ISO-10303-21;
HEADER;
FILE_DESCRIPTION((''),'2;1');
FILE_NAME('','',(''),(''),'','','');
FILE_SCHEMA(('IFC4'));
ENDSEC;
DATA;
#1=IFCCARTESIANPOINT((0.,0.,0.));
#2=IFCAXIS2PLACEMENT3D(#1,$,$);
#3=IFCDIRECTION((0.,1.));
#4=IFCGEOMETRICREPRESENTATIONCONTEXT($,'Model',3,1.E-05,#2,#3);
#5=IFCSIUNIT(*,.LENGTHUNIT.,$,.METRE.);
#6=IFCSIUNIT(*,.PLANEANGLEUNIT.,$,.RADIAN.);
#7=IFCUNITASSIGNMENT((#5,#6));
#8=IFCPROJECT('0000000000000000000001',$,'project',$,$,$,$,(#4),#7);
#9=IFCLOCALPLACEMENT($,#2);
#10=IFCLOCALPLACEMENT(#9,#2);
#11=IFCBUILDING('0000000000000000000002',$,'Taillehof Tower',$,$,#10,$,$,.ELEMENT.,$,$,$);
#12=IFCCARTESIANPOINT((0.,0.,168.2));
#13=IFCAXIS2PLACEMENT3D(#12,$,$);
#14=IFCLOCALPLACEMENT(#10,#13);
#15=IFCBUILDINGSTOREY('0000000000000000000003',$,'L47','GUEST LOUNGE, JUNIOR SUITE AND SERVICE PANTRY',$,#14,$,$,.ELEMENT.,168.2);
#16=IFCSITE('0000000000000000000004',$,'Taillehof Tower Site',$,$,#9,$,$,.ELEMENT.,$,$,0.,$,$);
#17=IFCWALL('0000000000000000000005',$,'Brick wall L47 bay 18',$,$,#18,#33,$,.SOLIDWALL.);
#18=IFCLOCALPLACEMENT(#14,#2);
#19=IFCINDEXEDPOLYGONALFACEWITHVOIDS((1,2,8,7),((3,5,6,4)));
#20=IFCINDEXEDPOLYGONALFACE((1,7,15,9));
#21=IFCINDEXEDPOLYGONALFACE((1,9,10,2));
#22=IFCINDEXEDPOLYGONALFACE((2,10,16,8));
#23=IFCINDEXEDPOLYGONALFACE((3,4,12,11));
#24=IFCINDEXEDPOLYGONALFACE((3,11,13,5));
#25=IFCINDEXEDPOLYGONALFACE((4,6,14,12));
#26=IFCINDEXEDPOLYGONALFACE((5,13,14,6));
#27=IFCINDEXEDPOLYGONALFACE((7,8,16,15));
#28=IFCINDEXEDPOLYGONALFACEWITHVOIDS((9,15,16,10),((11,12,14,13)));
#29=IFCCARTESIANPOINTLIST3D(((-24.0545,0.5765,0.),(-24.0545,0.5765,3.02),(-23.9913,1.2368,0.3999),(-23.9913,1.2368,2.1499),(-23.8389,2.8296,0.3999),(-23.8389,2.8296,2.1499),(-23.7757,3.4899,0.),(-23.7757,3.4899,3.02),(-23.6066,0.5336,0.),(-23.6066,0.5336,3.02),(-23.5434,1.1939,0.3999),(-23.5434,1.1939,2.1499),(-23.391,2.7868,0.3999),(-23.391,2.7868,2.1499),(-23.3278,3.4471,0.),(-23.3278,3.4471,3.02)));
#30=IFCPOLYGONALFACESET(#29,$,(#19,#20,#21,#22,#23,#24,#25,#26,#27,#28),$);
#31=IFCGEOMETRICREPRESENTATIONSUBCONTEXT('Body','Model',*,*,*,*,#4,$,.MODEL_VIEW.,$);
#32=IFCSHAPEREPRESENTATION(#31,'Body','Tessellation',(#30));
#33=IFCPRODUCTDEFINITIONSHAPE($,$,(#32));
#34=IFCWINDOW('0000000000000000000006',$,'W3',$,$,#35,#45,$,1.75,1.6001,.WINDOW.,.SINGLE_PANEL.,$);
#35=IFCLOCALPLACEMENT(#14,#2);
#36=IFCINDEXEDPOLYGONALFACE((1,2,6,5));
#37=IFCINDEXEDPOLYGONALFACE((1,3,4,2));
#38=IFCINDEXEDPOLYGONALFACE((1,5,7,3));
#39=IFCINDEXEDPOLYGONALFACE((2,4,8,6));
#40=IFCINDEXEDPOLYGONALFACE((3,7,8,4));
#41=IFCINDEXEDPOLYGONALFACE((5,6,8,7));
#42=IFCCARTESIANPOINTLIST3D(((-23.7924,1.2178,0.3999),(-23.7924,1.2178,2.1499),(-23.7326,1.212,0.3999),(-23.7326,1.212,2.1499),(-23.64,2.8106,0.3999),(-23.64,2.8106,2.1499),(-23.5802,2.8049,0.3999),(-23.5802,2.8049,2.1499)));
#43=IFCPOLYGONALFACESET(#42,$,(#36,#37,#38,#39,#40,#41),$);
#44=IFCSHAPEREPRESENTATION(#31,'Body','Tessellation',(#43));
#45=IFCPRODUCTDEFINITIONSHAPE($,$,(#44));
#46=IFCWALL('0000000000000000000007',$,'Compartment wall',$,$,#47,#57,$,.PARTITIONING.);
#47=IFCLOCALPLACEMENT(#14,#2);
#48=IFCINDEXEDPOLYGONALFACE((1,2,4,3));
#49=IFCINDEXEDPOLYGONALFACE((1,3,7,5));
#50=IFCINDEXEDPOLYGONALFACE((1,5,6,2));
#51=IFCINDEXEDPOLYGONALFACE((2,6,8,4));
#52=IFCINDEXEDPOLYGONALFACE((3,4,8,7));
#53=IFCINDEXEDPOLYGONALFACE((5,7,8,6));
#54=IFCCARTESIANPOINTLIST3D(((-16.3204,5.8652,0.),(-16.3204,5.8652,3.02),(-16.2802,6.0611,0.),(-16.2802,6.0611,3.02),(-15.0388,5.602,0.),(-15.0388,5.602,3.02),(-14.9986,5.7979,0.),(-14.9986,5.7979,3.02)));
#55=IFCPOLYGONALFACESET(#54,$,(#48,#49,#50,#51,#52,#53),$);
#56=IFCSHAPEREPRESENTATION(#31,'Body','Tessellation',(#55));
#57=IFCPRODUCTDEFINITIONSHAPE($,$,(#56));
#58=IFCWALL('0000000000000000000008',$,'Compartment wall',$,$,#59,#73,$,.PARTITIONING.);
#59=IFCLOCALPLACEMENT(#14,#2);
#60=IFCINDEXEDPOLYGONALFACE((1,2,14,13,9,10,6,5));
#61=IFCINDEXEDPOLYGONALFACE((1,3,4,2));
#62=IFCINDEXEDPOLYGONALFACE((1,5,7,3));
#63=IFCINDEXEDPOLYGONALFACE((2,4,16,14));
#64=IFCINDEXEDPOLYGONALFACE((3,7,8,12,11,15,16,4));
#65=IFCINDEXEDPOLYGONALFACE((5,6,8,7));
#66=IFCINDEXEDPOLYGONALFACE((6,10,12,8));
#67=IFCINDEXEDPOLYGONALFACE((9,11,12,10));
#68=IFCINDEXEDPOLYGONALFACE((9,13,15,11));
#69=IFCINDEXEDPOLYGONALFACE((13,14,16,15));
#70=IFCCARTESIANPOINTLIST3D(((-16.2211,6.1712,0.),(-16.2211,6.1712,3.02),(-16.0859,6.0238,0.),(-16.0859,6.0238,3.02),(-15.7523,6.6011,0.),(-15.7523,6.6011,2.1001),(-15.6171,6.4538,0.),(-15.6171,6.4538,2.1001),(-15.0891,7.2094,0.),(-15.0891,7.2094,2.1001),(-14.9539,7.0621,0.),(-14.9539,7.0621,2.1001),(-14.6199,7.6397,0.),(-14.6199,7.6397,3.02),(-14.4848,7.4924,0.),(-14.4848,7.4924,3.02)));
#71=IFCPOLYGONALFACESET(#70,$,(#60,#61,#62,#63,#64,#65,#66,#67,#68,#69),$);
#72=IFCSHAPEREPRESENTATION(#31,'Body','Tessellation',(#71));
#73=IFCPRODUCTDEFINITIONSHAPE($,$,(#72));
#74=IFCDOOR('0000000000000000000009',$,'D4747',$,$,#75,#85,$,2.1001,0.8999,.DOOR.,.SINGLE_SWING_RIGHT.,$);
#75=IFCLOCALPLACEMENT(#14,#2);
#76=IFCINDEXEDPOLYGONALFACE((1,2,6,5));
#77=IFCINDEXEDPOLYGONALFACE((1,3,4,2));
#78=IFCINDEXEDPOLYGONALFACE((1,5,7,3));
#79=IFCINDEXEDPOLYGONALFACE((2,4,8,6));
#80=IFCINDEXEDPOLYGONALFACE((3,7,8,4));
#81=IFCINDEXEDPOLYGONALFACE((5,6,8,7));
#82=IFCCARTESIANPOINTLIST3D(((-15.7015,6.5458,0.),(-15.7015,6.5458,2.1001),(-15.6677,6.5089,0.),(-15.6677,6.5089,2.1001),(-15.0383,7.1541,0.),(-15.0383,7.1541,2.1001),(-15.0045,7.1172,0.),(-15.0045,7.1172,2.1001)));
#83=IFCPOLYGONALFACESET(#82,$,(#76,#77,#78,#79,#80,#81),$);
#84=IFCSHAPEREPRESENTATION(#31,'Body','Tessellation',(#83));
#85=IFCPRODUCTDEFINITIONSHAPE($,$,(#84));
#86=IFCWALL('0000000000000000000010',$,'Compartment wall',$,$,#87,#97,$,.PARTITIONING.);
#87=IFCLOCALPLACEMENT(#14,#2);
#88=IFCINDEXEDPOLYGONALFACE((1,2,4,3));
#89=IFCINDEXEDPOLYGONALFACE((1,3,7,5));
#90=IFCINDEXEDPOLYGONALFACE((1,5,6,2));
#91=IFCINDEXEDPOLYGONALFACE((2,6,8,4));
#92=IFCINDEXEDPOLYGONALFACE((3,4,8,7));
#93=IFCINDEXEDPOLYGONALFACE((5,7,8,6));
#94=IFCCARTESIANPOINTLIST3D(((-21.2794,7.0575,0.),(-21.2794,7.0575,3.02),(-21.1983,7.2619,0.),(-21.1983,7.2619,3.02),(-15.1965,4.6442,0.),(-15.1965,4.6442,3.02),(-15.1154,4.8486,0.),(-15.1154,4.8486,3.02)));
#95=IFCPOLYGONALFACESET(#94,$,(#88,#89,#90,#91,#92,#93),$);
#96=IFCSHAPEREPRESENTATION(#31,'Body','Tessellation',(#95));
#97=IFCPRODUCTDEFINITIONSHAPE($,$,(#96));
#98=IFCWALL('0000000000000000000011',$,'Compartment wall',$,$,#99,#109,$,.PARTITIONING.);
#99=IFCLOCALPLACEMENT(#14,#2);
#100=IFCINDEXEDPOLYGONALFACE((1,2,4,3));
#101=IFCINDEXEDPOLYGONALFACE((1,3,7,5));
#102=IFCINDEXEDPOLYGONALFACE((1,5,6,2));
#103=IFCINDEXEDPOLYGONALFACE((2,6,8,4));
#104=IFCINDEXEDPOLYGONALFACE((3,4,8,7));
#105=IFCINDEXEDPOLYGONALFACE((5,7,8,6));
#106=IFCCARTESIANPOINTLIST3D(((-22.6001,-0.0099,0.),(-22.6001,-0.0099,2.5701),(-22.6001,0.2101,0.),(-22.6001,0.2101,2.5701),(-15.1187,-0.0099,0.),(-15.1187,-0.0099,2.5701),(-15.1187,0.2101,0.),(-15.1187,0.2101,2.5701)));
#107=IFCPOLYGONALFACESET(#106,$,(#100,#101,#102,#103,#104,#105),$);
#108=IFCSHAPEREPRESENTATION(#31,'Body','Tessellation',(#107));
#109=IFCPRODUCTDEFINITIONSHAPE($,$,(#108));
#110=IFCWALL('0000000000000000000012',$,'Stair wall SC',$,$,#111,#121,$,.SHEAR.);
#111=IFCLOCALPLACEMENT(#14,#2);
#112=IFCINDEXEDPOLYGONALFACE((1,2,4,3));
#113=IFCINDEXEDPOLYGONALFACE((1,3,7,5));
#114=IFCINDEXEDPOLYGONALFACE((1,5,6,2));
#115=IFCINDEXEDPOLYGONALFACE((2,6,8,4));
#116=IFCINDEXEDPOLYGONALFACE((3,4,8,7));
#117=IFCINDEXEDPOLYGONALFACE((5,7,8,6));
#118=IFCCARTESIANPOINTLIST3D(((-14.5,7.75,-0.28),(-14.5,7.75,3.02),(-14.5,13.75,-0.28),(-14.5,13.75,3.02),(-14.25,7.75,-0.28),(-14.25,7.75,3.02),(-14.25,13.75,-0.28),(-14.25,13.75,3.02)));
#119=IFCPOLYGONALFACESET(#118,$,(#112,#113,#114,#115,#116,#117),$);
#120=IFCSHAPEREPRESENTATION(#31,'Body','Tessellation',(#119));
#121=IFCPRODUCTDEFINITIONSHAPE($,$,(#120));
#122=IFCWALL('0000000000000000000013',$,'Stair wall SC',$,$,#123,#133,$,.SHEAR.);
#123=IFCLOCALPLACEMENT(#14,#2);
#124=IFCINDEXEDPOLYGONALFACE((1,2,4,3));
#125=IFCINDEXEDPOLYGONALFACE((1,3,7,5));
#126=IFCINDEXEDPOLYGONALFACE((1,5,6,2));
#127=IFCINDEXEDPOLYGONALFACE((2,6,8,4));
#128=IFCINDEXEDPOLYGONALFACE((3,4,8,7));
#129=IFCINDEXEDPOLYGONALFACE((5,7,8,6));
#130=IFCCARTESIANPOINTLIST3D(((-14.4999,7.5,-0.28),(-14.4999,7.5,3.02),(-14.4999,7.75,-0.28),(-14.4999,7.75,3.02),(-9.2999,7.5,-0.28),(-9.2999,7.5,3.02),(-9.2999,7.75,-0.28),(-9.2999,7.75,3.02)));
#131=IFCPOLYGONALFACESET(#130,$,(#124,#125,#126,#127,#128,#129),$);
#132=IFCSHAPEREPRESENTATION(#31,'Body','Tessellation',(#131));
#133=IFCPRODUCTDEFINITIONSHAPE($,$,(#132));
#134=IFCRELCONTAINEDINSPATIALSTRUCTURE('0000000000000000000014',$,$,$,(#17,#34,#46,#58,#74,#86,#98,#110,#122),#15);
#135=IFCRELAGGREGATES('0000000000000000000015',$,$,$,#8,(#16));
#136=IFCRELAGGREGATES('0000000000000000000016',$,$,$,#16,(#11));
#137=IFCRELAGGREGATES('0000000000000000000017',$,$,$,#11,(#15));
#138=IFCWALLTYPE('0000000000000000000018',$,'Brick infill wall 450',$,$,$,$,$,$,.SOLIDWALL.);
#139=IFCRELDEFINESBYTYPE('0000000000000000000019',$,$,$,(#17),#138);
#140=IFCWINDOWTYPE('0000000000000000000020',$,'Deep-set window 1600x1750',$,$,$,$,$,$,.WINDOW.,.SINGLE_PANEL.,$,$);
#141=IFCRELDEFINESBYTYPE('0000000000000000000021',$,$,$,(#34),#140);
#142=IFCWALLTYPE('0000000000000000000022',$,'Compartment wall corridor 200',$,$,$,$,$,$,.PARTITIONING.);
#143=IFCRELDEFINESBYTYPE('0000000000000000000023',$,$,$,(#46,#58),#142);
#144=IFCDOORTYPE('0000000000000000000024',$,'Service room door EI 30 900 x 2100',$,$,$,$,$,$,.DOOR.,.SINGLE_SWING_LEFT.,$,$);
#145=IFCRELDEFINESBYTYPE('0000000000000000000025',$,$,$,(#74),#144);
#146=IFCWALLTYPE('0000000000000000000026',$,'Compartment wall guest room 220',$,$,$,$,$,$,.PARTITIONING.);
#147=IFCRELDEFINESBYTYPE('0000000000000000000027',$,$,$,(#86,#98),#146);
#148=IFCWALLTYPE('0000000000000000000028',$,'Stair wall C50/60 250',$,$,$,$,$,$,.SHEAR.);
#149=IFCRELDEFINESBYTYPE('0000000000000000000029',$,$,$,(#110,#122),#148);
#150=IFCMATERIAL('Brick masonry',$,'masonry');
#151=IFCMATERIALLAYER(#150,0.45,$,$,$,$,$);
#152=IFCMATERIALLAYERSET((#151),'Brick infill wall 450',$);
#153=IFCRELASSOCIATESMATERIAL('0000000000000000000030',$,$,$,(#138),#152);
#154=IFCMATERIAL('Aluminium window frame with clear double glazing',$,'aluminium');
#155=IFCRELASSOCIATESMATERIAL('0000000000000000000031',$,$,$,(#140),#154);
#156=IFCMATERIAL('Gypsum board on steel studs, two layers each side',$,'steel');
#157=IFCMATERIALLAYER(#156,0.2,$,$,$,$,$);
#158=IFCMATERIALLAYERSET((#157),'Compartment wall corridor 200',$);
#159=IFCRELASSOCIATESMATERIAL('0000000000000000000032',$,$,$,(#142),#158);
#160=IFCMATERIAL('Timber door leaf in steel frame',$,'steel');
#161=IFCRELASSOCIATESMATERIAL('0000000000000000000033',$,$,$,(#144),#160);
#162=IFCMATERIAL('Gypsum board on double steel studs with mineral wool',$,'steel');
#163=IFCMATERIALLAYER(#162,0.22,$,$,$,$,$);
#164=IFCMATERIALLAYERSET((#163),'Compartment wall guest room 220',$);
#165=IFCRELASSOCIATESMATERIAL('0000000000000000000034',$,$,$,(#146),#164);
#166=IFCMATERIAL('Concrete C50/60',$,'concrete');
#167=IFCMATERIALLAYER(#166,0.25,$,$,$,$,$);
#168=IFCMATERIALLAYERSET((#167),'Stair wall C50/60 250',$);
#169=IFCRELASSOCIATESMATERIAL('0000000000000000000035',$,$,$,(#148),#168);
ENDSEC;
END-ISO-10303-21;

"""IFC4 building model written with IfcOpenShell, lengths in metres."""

from ifc_helpers import new_model, si_unit, direction, frame, frame_2d, origin, place, context, subcontext, project, spatial, rectangle, extrude, material, layer, layer_set, type_object, element, fill, save


model = new_model("IFC4")

# Units and contexts
model_context = context("Model", 3, precision=1e-05, world=origin(), true_north=direction((0.0, 1.0)))
body_context = subcontext(model_context, "Body", "Model", "MODEL_VIEW")
ifc_project = project(units=[si_unit("LENGTHUNIT", "METRE"), si_unit("PLANEANGLEUNIT", "RADIAN")], contexts=[model_context])

# Site, building, storey
site_placement = place(None, origin())
site = spatial("IfcSite", under=ifc_project, at=site_placement, Name="Taillehof Tower Site", CompositionType="ELEMENT", RefElevation=0.0)
building_placement = place(site_placement, origin())
building = spatial("IfcBuilding", under=site, at=building_placement, Name="Taillehof Tower", CompositionType="ELEMENT")
storey_placement = place(building_placement, frame((0.0, 0.0, 168.2)))
storey = spatial("IfcBuildingStorey", under=building, at=storey_placement, Name="L47", Description="GUEST LOUNGE, JUNIOR SUITE AND SERVICE PANTRY", CompositionType="ELEMENT", Elevation=168.2)

# Wall, opening, window
ifc_material_1 = material(Name="Brick masonry", Category="masonry")
ifc_layer_1 = layer(ifc_material_1, 0.45)
ifc_layer_set_1 = layer_set([ifc_layer_1], Name="Brick infill wall 450")
wall_type_1 = type_object("IfcWallType", Name="Brick infill wall 450", PredefinedType="SOLIDWALL", material=ifc_layer_set_1)
ifc_material_2 = material(Name="Aluminium window frame with clear double glazing", Category="aluminium")
window_type = type_object("IfcWindowType", Name="Deep-set window 1600x1750", PartitioningType="SINGLE_PANEL", PredefinedType="WINDOW", material=ifc_material_2)
wall_1_placement = place(storey_placement, frame((-23.5518, 3.4685, 0.0), z_axis=(0.0, 0.0, 1.0), x_axis=(-0.095266, -0.995452, 0.0)))
wall_1 = element("IfcWall", 1, at=wall_1_placement, inside=storey, type_object=wall_type_1, Name="Brick wall L47 bay 18", PredefinedType="SOLIDWALL", context=body_context, shape_type="SweptSolid", body=[
    extrude(rectangle(XDim=2.9268, YDim=0.45, at=frame_2d((1.4634, 0.0))), origin(), (0.0, 0.0, 1.0), 3.02),
])
opening_1_placement = place(wall_1_placement, frame((0.6633, 0.0, 0.3999)))
opening_1 = element("IfcOpeningElement", 2, at=opening_1_placement, cuts=wall_1, PredefinedType="OPENING", context=body_context, shape_type="SweptSolid", body=[
    extrude(rectangle(XDim=1.6001, YDim=1.75, at=frame_2d((0.8, 0.875))), frame((0.0, 0.2349, 0.0), z_axis=(0.0, -1.0, 0.0), x_axis=(1.0, 0.0, 0.0)), (0.0, 0.0, 1.0), 0.47),
])
window_1_placement = place(opening_1_placement, origin())
window_1 = element("IfcWindow", 3, at=window_1_placement, inside=storey, type_object=window_type, Name="W3", OverallHeight=1.75, OverallWidth=1.6001, PartitioningType="SINGLE_PANEL", PredefinedType="WINDOW", context=body_context, shape_type="SweptSolid", body=[
    extrude(rectangle(XDim=1.6001, YDim=1.75, at=frame_2d((0.8, 0.875))), frame((0.0, 0.0349, 0.0), z_axis=(0.0, -1.0, 0.0), x_axis=(1.0, 0.0, 0.0)), (0.0, 0.0, 1.0), 0.0601),
])
fill(opening_1, window_1)

# Wall
ifc_material_3 = material(Name="Gypsum board on steel studs, two layers each side", Category="steel")
ifc_layer_2 = layer(ifc_material_3, 0.2)
ifc_layer_set_2 = layer_set([ifc_layer_2], Name="Compartment wall corridor 200")
wall_type_2 = type_object("IfcWallType", Name="Compartment wall corridor 200", PredefinedType="PARTITIONING", material=ifc_layer_set_2)
wall_2_placement = place(storey_placement, frame((-15.0186, 5.7, 0.0), z_axis=(0.0, 0.0, 1.0), x_axis=(-0.979556, 0.201174, 0.0)))
element("IfcWall", 4, at=wall_2_placement, inside=storey, type_object=wall_type_2, Name="Compartment wall", PredefinedType="PARTITIONING", context=body_context, shape_type="SweptSolid", body=[
    extrude(rectangle(XDim=1.3083, YDim=0.2, at=frame_2d((0.6543, 0.0))), origin(), (0.0, 0.0, 1.0), 3.02),
])

# Wall, opening, door
wall_3_placement = place(storey_placement, frame((-16.1536, 6.0974, 0.0), z_axis=(0.0, 0.0, 1.0), x_axis=(0.736958, 0.675938, 0.0)))
wall_3 = element("IfcWall", 5, at=wall_3_placement, inside=storey, type_object=wall_type_2, Name="Compartment wall", PredefinedType="PARTITIONING", context=body_context, shape_type="SweptSolid", body=[
    extrude(rectangle(XDim=2.1726, YDim=0.2, at=frame_2d((1.0864, 0.0))), origin(), (0.0, 0.0, 1.0), 3.02),
])
opening_2_placement = place(wall_3_placement, frame((0.6362, 0.0, 0.0)))
opening_2 = element("IfcOpeningElement", 6, at=opening_2_placement, cuts=wall_3, PredefinedType="OPENING", context=body_context, shape_type="SweptSolid", body=[
    extrude(rectangle(XDim=0.8999, YDim=2.1001, at=frame_2d((0.45, 1.05))), frame((0.0, 0.1099, 0.0), z_axis=(0.0, -1.0, 0.0), x_axis=(1.0, 0.0, 0.0)), (0.0, 0.0, 1.0), 0.22),
])
ifc_material_4 = material(Name="Timber door leaf in steel frame", Category="steel")
door_type = type_object("IfcDoorType", Name="Service room door EI 30 900 x 2100", OperationType="SINGLE_SWING_LEFT", PredefinedType="DOOR", material=ifc_material_4)
door_placement = place(opening_2_placement, origin())
door = element("IfcDoor", 7, at=door_placement, inside=storey, type_object=door_type, Name="D4747", OperationType="SINGLE_SWING_RIGHT", OverallHeight=2.1001, OverallWidth=0.8999, PredefinedType="DOOR", context=body_context, shape_type="SweptSolid", body=[
    extrude(rectangle(XDim=0.8999, YDim=2.1001, at=frame_2d((0.45, 1.05))), frame((0.0, 0.0249, 0.0), z_axis=(0.0, -1.0, 0.0), x_axis=(1.0, 0.0, 0.0)), (0.0, 0.0, 1.0), 0.05),
])
fill(opening_2, door)

# Walls
ifc_material_5 = material(Name="Gypsum board on double steel studs with mineral wool", Category="steel")
ifc_layer_3 = layer(ifc_material_5, 0.22)
ifc_layer_set_3 = layer_set([ifc_layer_3], Name="Compartment wall guest room 220")
wall_type_3 = type_object("IfcWallType", Name="Compartment wall guest room 220", PredefinedType="PARTITIONING", material=ifc_layer_set_3)
wall_4_placement = place(storey_placement, frame((-21.2388, 7.1597, 0.0), z_axis=(0.0, 0.0, 1.0), x_axis=(0.92952, -0.368771, 0.0)))
element("IfcWall", 8, at=wall_4_placement, inside=storey, type_object=wall_type_3, Name="Compartment wall", PredefinedType="PARTITIONING", context=body_context, shape_type="SweptSolid", body=[
    extrude(rectangle(XDim=6.5442, YDim=0.22, at=frame_2d((3.272, 0.0))), origin(), (0.0, 0.0, 1.0), 3.02),
])
wall_5_placement = place(storey_placement, frame((-22.6001, 0.1001, 0.0), z_axis=(0.0, 0.0, 1.0), x_axis=(1.0, 0.0, 0.0)))
element("IfcWall", 9, at=wall_5_placement, inside=storey, type_object=wall_type_3, Name="Compartment wall", PredefinedType="PARTITIONING", context=body_context, shape_type="SweptSolid", body=[
    extrude(rectangle(XDim=7.4814, YDim=0.22, at=frame_2d((3.7407, 0.0))), origin(), (0.0, 0.0, 1.0), 2.5701),
])
ifc_material_6 = material(Name="Concrete C50/60", Category="concrete")
ifc_layer_4 = layer(ifc_material_6, 0.25)
ifc_layer_set_4 = layer_set([ifc_layer_4], Name="Stair wall C50/60 250")
wall_type_4 = type_object("IfcWallType", Name="Stair wall C50/60 250", PredefinedType="SHEAR", material=ifc_layer_set_4)
wall_6_placement = place(storey_placement, frame((-14.375, 7.75, -0.28), z_axis=(0.0, 0.0, 1.0), x_axis=(0.0, 1.0, 0.0)))
element("IfcWall", 10, at=wall_6_placement, inside=storey, type_object=wall_type_4, Name="Stair wall SC", PredefinedType="SHEAR", context=body_context, shape_type="SweptSolid", body=[
    extrude(rectangle(XDim=6.0, YDim=0.25, at=frame_2d((3.0, 0.0))), origin(), (0.0, 0.0, 1.0), 3.3),
])
wall_7_placement = place(storey_placement, frame((-14.5, 7.625, -0.28), z_axis=(0.0, 0.0, 1.0), x_axis=(1.0, 0.0, 0.0)))
element("IfcWall", 11, at=wall_7_placement, inside=storey, type_object=wall_type_4, Name="Stair wall SC", PredefinedType="SHEAR", context=body_context, shape_type="SweptSolid", body=[
    extrude(rectangle(XDim=5.2, YDim=0.25, at=frame_2d((2.6001, 0.0))), origin(), (0.0, 0.0, 1.0), 3.3),
])

save(model, "model.ifc")
